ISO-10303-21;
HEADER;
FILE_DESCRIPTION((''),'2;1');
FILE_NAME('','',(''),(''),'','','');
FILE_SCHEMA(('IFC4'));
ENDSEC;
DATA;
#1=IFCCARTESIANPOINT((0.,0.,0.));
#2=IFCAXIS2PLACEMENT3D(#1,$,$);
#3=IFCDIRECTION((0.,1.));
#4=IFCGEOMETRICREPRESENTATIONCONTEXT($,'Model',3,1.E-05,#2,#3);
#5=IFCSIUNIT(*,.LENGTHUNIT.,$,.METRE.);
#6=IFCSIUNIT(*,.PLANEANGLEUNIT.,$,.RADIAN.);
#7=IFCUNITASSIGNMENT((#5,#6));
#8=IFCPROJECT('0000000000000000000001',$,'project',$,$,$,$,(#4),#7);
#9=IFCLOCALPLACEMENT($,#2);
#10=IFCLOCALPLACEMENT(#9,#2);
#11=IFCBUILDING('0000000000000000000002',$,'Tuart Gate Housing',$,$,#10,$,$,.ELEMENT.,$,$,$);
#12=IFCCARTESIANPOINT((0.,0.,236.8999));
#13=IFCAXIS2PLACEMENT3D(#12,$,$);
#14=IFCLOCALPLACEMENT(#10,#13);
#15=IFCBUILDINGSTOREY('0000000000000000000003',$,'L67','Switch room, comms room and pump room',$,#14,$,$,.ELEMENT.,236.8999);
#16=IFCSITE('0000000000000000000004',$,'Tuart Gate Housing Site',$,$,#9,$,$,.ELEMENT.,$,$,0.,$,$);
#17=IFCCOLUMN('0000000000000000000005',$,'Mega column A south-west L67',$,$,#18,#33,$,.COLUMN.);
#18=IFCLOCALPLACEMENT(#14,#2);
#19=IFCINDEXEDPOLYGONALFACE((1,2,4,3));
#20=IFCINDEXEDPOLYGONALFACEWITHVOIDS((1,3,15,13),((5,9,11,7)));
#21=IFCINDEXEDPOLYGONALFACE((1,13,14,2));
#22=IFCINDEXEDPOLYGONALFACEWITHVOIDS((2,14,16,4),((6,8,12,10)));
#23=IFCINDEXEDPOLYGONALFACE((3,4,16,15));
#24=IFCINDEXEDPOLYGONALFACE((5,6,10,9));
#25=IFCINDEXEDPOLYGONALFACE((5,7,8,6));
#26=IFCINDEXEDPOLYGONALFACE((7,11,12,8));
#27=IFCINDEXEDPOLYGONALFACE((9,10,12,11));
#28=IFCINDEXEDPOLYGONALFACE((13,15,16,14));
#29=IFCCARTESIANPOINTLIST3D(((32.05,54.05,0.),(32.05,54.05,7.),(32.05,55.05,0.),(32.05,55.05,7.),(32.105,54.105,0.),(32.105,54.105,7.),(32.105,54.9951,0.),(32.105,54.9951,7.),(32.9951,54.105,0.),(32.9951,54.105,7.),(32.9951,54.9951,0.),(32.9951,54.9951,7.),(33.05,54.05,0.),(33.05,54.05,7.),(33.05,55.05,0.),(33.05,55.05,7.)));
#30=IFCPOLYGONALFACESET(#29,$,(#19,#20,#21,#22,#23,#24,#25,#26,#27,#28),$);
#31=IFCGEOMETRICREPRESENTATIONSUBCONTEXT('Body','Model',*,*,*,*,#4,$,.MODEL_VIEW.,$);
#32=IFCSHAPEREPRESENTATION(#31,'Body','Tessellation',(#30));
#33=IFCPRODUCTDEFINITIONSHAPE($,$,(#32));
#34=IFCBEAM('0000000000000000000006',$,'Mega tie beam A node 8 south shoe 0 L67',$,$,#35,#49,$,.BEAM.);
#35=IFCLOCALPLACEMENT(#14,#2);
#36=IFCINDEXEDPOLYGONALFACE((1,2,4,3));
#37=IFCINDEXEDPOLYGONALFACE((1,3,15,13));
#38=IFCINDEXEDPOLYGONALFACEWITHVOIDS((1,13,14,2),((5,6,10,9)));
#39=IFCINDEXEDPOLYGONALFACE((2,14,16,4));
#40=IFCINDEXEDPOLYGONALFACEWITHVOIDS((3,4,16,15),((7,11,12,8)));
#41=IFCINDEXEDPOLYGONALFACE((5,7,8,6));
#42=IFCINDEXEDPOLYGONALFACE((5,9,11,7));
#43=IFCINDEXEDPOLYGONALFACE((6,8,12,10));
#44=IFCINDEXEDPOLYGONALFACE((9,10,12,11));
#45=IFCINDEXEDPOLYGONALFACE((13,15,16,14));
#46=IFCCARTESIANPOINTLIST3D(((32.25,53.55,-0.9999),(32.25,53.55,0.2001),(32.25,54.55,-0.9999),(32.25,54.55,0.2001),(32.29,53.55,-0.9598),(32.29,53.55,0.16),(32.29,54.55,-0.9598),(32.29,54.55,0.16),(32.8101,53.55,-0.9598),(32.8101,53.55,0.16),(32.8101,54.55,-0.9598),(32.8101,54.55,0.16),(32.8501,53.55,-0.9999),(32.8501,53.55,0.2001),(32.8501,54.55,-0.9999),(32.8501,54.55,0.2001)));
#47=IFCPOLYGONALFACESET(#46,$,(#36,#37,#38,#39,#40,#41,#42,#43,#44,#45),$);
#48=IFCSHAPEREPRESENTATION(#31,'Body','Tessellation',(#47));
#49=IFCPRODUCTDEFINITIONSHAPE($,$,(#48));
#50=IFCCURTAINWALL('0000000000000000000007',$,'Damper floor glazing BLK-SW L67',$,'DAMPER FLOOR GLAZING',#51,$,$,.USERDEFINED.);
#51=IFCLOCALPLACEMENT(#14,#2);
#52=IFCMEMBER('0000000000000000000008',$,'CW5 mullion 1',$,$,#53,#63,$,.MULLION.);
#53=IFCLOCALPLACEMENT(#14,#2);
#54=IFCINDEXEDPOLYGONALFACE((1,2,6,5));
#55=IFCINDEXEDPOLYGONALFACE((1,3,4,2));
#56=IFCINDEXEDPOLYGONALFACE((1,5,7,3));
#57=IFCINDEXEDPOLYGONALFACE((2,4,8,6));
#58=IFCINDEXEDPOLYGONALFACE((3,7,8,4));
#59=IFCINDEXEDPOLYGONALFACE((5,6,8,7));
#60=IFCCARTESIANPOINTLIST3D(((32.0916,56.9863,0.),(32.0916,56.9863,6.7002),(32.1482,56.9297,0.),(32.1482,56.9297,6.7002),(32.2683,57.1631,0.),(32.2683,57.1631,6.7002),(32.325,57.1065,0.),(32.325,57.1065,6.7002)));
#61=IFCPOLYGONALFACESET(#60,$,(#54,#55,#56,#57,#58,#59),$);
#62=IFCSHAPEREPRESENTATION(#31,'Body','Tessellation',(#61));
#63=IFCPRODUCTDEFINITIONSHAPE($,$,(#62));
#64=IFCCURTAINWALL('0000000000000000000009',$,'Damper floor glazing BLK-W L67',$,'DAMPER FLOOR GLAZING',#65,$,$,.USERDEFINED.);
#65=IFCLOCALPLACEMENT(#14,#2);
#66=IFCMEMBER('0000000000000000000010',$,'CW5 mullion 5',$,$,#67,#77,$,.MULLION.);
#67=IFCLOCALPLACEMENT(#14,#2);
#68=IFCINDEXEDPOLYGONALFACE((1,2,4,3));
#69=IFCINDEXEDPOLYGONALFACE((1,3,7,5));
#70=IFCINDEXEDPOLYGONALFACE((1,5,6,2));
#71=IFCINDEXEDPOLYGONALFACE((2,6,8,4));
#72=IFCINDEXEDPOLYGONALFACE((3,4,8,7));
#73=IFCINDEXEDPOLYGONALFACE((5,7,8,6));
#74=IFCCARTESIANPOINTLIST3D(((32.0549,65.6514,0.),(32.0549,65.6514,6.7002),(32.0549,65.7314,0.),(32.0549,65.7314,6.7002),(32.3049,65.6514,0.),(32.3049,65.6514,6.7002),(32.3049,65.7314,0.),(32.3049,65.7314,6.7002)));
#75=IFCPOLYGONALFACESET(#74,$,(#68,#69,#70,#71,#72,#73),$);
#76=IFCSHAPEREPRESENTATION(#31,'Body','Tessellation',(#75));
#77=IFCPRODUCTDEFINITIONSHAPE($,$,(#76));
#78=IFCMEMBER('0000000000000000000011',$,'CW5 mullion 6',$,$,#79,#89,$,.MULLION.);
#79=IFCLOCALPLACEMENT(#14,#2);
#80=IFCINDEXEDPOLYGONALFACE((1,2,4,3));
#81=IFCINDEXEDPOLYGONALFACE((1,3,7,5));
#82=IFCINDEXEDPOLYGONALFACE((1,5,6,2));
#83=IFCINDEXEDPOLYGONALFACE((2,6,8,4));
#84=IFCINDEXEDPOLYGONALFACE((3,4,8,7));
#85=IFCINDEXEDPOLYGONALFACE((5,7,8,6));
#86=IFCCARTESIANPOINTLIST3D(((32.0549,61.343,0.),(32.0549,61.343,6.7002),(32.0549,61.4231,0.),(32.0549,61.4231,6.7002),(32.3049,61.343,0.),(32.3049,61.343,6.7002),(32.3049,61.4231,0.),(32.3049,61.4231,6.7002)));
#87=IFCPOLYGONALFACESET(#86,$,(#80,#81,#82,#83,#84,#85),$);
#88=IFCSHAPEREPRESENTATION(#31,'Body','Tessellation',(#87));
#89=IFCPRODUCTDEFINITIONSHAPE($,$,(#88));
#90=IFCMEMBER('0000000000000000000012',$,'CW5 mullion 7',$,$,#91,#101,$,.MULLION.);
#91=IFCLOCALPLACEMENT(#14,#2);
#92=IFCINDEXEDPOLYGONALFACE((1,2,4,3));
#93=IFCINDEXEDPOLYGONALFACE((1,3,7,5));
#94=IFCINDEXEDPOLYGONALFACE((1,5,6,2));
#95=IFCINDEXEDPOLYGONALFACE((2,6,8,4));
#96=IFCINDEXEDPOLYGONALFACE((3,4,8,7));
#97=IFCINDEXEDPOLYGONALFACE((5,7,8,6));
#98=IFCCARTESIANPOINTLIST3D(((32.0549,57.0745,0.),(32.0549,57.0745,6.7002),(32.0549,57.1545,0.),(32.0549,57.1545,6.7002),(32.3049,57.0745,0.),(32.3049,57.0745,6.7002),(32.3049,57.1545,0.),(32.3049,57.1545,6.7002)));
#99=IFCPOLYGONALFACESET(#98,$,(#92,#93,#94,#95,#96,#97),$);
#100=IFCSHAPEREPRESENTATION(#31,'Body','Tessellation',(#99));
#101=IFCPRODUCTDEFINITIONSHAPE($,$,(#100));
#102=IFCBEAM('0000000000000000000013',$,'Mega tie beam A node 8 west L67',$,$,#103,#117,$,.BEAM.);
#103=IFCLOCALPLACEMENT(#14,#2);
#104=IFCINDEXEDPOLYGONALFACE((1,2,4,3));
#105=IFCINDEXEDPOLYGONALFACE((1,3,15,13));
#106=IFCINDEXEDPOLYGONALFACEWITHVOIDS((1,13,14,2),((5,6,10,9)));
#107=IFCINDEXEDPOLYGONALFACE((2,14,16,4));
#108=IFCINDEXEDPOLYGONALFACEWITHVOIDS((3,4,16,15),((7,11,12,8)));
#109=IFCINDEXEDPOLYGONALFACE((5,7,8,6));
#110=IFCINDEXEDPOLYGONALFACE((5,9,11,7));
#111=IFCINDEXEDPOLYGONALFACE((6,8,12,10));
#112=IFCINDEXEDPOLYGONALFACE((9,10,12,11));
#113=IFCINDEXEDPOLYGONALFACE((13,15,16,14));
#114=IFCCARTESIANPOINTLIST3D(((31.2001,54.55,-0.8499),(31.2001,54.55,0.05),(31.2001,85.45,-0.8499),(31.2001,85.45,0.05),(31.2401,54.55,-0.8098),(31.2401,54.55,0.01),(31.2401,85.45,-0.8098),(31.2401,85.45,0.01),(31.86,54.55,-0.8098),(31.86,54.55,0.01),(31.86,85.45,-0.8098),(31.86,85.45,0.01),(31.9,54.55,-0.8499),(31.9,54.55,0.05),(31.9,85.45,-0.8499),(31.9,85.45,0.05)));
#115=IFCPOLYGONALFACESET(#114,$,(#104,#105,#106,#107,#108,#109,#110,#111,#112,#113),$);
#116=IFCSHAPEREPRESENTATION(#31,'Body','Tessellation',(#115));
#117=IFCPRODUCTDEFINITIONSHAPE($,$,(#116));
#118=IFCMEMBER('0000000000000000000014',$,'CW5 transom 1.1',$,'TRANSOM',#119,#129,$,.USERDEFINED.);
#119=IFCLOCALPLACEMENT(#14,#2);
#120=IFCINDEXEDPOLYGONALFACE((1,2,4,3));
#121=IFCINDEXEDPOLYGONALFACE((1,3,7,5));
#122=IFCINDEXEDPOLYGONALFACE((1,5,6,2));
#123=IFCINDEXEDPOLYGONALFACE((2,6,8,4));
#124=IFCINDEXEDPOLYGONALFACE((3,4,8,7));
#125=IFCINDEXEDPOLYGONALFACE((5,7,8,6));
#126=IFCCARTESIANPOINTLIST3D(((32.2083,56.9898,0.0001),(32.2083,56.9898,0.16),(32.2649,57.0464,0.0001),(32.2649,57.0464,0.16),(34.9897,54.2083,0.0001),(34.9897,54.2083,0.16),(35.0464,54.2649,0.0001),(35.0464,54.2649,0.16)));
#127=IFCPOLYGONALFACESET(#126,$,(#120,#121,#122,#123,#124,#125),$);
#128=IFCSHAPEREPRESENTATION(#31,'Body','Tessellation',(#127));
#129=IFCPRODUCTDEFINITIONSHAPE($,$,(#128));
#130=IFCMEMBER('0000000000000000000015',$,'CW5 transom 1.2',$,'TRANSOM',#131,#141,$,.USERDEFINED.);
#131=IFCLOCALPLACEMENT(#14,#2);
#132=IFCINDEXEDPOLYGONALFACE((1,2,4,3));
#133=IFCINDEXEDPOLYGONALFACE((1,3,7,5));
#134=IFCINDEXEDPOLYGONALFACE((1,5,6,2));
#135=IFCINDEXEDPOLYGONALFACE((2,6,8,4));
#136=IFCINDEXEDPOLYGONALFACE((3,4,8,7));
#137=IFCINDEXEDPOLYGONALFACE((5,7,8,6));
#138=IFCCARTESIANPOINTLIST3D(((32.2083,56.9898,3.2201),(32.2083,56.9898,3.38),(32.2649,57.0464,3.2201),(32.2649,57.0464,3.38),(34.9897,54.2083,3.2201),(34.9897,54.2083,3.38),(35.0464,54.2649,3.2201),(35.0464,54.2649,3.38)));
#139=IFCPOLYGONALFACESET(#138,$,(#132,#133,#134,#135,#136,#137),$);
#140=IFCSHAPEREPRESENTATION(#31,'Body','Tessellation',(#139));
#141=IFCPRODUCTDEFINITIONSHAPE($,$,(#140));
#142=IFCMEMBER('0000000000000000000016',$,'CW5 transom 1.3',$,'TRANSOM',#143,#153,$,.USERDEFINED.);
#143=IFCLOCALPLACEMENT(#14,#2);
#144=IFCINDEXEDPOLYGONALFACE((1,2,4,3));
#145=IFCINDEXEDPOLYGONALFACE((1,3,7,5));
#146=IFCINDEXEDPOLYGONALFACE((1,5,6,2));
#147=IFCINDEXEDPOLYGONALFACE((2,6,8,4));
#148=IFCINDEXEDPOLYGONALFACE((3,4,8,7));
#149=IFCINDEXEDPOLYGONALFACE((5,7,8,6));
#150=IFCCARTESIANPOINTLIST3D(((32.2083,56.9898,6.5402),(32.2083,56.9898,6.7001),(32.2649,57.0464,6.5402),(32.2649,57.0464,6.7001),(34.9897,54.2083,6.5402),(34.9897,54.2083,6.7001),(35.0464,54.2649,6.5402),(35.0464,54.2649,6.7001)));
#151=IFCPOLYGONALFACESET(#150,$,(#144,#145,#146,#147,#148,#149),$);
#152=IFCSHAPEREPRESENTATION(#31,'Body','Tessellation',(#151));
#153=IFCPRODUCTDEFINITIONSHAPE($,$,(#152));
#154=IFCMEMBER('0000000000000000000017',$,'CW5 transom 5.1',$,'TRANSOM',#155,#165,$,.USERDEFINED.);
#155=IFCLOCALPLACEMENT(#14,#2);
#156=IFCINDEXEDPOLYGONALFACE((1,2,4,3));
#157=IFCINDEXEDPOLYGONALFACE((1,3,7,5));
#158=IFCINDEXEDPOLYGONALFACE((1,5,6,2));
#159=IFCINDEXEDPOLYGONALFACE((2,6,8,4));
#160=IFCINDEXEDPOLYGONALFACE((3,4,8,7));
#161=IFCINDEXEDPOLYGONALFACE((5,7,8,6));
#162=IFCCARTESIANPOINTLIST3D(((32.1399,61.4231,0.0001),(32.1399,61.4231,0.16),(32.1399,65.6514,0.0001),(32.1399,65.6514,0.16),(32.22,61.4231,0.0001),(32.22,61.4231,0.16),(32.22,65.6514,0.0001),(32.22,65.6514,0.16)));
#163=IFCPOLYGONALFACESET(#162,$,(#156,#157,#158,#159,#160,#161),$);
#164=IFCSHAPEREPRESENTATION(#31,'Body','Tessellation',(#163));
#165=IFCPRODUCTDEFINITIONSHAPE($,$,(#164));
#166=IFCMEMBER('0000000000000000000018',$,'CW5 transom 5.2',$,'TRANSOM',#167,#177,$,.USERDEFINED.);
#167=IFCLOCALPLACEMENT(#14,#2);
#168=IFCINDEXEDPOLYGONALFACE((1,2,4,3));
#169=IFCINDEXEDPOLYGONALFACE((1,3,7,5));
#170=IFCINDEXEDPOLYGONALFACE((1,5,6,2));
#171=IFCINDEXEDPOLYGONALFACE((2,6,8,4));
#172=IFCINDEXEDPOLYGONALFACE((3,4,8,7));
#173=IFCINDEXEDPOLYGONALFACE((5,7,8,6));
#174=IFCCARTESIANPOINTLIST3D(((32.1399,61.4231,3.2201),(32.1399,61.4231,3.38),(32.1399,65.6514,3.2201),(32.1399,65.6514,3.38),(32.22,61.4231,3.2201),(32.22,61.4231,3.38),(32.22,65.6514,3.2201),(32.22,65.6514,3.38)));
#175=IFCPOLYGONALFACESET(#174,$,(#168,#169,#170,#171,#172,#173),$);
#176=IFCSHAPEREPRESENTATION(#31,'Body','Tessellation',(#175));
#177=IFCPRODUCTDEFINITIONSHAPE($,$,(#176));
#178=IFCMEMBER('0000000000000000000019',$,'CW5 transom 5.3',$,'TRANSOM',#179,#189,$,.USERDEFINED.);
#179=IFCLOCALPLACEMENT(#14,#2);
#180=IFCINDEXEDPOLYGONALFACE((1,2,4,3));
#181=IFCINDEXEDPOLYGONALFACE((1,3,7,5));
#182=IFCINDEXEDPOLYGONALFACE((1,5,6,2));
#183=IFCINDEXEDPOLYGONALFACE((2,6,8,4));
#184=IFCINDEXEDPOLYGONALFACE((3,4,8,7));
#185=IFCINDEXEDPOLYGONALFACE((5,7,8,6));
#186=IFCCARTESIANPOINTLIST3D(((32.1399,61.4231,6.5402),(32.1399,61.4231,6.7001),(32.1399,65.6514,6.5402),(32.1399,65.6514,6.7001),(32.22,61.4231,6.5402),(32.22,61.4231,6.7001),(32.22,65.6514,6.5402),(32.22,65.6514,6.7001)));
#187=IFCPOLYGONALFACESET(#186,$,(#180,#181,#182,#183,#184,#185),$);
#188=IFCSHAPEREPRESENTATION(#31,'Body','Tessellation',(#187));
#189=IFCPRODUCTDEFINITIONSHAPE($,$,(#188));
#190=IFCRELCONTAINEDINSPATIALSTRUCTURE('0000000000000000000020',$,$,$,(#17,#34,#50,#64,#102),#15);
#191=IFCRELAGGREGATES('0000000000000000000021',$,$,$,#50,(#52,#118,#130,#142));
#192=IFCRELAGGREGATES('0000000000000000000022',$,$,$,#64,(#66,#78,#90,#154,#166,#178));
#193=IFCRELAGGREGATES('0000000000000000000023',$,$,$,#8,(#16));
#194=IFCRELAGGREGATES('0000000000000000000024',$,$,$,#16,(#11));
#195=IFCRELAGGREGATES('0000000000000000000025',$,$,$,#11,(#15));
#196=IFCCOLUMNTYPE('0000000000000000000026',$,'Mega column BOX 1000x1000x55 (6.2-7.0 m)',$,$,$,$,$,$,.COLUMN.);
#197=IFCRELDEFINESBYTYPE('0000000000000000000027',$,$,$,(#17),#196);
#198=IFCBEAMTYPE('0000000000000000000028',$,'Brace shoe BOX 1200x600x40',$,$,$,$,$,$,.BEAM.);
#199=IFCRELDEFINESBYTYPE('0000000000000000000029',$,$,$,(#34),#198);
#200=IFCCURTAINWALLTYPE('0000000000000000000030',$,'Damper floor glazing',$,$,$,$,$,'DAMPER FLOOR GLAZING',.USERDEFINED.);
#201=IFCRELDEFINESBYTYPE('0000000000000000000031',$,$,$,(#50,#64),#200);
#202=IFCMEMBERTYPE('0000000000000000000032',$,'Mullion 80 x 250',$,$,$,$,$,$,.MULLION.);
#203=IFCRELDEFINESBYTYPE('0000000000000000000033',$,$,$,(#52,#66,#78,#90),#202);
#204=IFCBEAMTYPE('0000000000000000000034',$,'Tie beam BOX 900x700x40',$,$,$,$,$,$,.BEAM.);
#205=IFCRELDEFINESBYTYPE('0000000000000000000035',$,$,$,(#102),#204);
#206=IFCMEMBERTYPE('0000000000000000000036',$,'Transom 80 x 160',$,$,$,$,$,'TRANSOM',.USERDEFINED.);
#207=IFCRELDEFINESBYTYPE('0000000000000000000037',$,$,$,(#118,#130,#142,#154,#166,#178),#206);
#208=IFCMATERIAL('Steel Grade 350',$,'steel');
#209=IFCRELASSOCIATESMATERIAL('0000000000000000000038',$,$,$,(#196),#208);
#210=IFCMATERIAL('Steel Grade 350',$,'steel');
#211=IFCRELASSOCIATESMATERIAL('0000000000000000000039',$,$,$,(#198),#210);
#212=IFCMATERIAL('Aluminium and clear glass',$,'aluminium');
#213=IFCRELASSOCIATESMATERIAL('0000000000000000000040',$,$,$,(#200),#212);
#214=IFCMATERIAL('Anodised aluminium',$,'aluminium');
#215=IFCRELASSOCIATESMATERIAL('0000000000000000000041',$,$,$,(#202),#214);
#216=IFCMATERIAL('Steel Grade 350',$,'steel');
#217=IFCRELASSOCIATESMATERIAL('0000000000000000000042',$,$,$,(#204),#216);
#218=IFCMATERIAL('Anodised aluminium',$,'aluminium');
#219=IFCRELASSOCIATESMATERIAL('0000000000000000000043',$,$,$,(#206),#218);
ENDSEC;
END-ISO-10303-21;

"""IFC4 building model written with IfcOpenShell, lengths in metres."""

from ifc_helpers import new_model, si_unit, direction, frame, origin, origin_2d, place, context, subcontext, project, spatial, rectangle, hollow_rectangle, extrude, material, material_profile, profile_set, type_object, element, aggregate, save


model = new_model("IFC4")

# Units and contexts
model_context = context("Model", 3, precision=1e-05, world=origin(), true_north=direction((0.0, 1.0)))
body_context = subcontext(model_context, "Body", "Model", "MODEL_VIEW")
ifc_project = project(units=[si_unit("LENGTHUNIT", "METRE"), si_unit("PLANEANGLEUNIT", "RADIAN")], contexts=[model_context])

# Site, building, storey
site_placement = place(None, origin())
site = spatial("IfcSite", under=ifc_project, at=site_placement, Name="Tuart Gate Housing Site", CompositionType="ELEMENT", RefElevation=0.0)
building_placement = place(site_placement, origin())
building = spatial("IfcBuilding", under=site, at=building_placement, Name="Tuart Gate Housing", CompositionType="ELEMENT")
storey_placement = place(building_placement, frame((0.0, 0.0, 236.8999)))
storey = spatial("IfcBuildingStorey", under=building, at=storey_placement, Name="L67", Description="Switch room, comms room and pump room", CompositionType="ELEMENT", Elevation=236.8999)

# Column
ifc_material_1 = material(Name="Steel Grade 350", Category="steel")
ifc_material_profile_1 = material_profile(ifc_material_1, hollow_rectangle(XDim=1.0, YDim=1.0, WallThickness=0.0549, at=origin_2d()), Name="BOX 1000x1000x55")
ifc_profile_set_1 = profile_set([ifc_material_profile_1], Name="Steel Grade 350")
column_type = type_object("IfcColumnType", Name="Mega column BOX 1000x1000x55 (6.2-7.0 m)", PredefinedType="COLUMN", material=ifc_profile_set_1)
column_placement = place(storey_placement, frame((32.55, 54.55, 0.0), z_axis=(0.0, 0.0, 1.0), x_axis=(1.0, 0.0, 0.0)))
element("IfcColumn", 1, at=column_placement, inside=storey, type_object=column_type, Name="Mega column A south-west L67", PredefinedType="COLUMN", context=body_context, shape_type="SweptSolid", body=[
    extrude(hollow_rectangle(XDim=1.0, YDim=1.0, WallThickness=0.0549, at=origin_2d()), origin(), (0.0, 0.0, 1.0), 7.0),
])

# Beam
ifc_material_2 = material(Name="Steel Grade 350", Category="steel")
ifc_material_profile_2 = material_profile(ifc_material_2, hollow_rectangle(XDim=0.6001, YDim=1.2, WallThickness=0.04, at=origin_2d()), Name="BOX 1200x600x40")
ifc_profile_set_2 = profile_set([ifc_material_profile_2], Name="Steel Grade 350")
beam_type_1 = type_object("IfcBeamType", Name="Brace shoe BOX 1200x600x40", PredefinedType="BEAM", material=ifc_profile_set_2)
beam_1_placement = place(storey_placement, frame((32.55, 54.55, -0.3999), z_axis=(0.0, -1.0, 0.0), x_axis=(1.0, 0.0, 0.0)))
element("IfcBeam", 2, at=beam_1_placement, inside=storey, type_object=beam_type_1, Name="Mega tie beam A node 8 south shoe 0 L67", PredefinedType="BEAM", context=body_context, shape_type="SweptSolid", body=[
    extrude(hollow_rectangle(XDim=0.6001, YDim=1.2, WallThickness=0.04, at=origin_2d()), origin(), (0.0, 0.0, 1.0), 1.0),
])

# Curtain wall, member
ifc_material_3 = material(Name="Aluminium and clear glass", Category="aluminium")
curtain_wall_type = type_object("IfcCurtainWallType", Name="Damper floor glazing", ElementType="DAMPER FLOOR GLAZING", PredefinedType="USERDEFINED", material=ifc_material_3)
curtain_wall_1_placement = place(storey_placement, origin())
curtain_wall_1 = element("IfcCurtainWall", 3, at=curtain_wall_1_placement, inside=storey, type_object=curtain_wall_type, Name="Damper floor glazing BLK-SW L67", ObjectType="DAMPER FLOOR GLAZING", PredefinedType="USERDEFINED")
ifc_material_4 = material(Name="Anodised aluminium", Category="aluminium")
ifc_material_profile_3 = material_profile(ifc_material_4, rectangle(XDim=0.0801, YDim=0.25, at=origin_2d()), Name="80x250")
ifc_profile_set_3 = profile_set([ifc_material_profile_3], Name="Anodised aluminium")
member_type_1 = type_object("IfcMemberType", Name="Mullion 80 x 250", PredefinedType="MULLION", material=ifc_profile_set_3)
member_1_placement = place(storey_placement, frame((32.2083, 57.0464, 0.0), z_axis=(0.0, 0.0, 1.0), x_axis=(0.707107, -0.707107, 0.0)))
member_1 = element("IfcMember", 4, at=member_1_placement, type_object=member_type_1, Name="CW5 mullion 1", PredefinedType="MULLION", context=body_context, shape_type="SweptSolid", body=[
    extrude(rectangle(XDim=0.0801, YDim=0.25, at=origin_2d()), origin(), (0.0, 0.0, 1.0), 6.7002),
])

# Curtain wall, members
curtain_wall_2_placement = place(storey_placement, origin())
curtain_wall_2 = element("IfcCurtainWall", 5, at=curtain_wall_2_placement, inside=storey, type_object=curtain_wall_type, Name="Damper floor glazing BLK-W L67", ObjectType="DAMPER FLOOR GLAZING", PredefinedType="USERDEFINED")
member_2_placement = place(storey_placement, frame((32.1799, 65.6914, 0.0), z_axis=(0.0, 0.0, 1.0), x_axis=(0.0, -1.0, 0.0)))
member_2 = element("IfcMember", 6, at=member_2_placement, type_object=member_type_1, Name="CW5 mullion 5", PredefinedType="MULLION", context=body_context, shape_type="SweptSolid", body=[
    extrude(rectangle(XDim=0.0801, YDim=0.25, at=origin_2d()), origin(), (0.0, 0.0, 1.0), 6.7002),
])
member_3_placement = place(storey_placement, frame((32.1799, 61.3831, 0.0), z_axis=(0.0, 0.0, 1.0), x_axis=(0.0, -1.0, 0.0)))
member_3 = element("IfcMember", 7, at=member_3_placement, type_object=member_type_1, Name="CW5 mullion 6", PredefinedType="MULLION", context=body_context, shape_type="SweptSolid", body=[
    extrude(rectangle(XDim=0.0801, YDim=0.25, at=origin_2d()), origin(), (0.0, 0.0, 1.0), 6.7002),
])
member_4_placement = place(storey_placement, frame((32.1799, 57.1145, 0.0), z_axis=(0.0, 0.0, 1.0), x_axis=(0.0, -1.0, 0.0)))
member_4 = element("IfcMember", 8, at=member_4_placement, type_object=member_type_1, Name="CW5 mullion 7", PredefinedType="MULLION", context=body_context, shape_type="SweptSolid", body=[
    extrude(rectangle(XDim=0.0801, YDim=0.25, at=origin_2d()), origin(), (0.0, 0.0, 1.0), 6.7002),
])

# Beam
ifc_material_5 = material(Name="Steel Grade 350", Category="steel")
ifc_material_profile_4 = material_profile(ifc_material_5, hollow_rectangle(XDim=0.7, YDim=0.8999, WallThickness=0.04, at=origin_2d()), Name="BOX 900x700x40")
ifc_profile_set_4 = profile_set([ifc_material_profile_4], Name="Steel Grade 350")
beam_type_2 = type_object("IfcBeamType", Name="Tie beam BOX 900x700x40", PredefinedType="BEAM", material=ifc_profile_set_4)
beam_2_placement = place(storey_placement, frame((31.55, 54.55, -0.3999), z_axis=(0.0, 1.0, 0.0), x_axis=(-1.0, 0.0, 0.0)))
element("IfcBeam", 9, at=beam_2_placement, inside=storey, type_object=beam_type_2, Name="Mega tie beam A node 8 west L67", PredefinedType="BEAM", context=body_context, shape_type="SweptSolid", body=[
    extrude(hollow_rectangle(XDim=0.7, YDim=0.8999, WallThickness=0.04, at=origin_2d()), origin(), (0.0, 0.0, 1.0), 30.8999),
])

# Members
ifc_material_6 = material(Name="Anodised aluminium", Category="aluminium")
ifc_material_profile_5 = material_profile(ifc_material_6, rectangle(XDim=0.0801, YDim=0.1599, at=origin_2d()), Name="80x160")
ifc_profile_set_5 = profile_set([ifc_material_profile_5], Name="Anodised aluminium")
member_type_2 = type_object("IfcMemberType", Name="Transom 80 x 160", ElementType="TRANSOM", PredefinedType="USERDEFINED", material=ifc_profile_set_5)
member_5_placement = place(storey_placement, frame((32.2366, 57.0181, 0.0801), z_axis=(0.707107, -0.707107, 0.0), x_axis=(0.707107, 0.707107, 0.0)))
member_5 = element("IfcMember", 10, at=member_5_placement, type_object=member_type_2, Name="CW5 transom 1.1", ObjectType="TRANSOM", PredefinedType="USERDEFINED", context=body_context, shape_type="SweptSolid", body=[
    extrude(rectangle(XDim=0.0801, YDim=0.1599, at=origin_2d()), origin(), (0.0, 0.0, 1.0), 3.9336),
])
member_6_placement = place(storey_placement, frame((32.2366, 57.0181, 3.3), z_axis=(0.707107, -0.707107, 0.0), x_axis=(0.707107, 0.707107, 0.0)))
member_6 = element("IfcMember", 11, at=member_6_placement, type_object=member_type_2, Name="CW5 transom 1.2", ObjectType="TRANSOM", PredefinedType="USERDEFINED", context=body_context, shape_type="SweptSolid", body=[
    extrude(rectangle(XDim=0.0801, YDim=0.1599, at=origin_2d()), origin(), (0.0, 0.0, 1.0), 3.9336),
])
member_7_placement = place(storey_placement, frame((32.2366, 57.0181, 6.6201), z_axis=(0.707107, -0.707107, 0.0), x_axis=(0.707107, 0.707107, 0.0)))
member_7 = element("IfcMember", 12, at=member_7_placement, type_object=member_type_2, Name="CW5 transom 1.3", ObjectType="TRANSOM", PredefinedType="USERDEFINED", context=body_context, shape_type="SweptSolid", body=[
    extrude(rectangle(XDim=0.0801, YDim=0.1599, at=origin_2d()), origin(), (0.0, 0.0, 1.0), 3.9336),
])
aggregate(curtain_wall_1, [member_1, member_5, member_6, member_7])
member_8_placement = place(storey_placement, frame((32.1799, 65.6514, 0.0801), z_axis=(0.0, -1.0, 0.0), x_axis=(1.0, 0.0, 0.0)))
member_8 = element("IfcMember", 13, at=member_8_placement, type_object=member_type_2, Name="CW5 transom 5.1", ObjectType="TRANSOM", PredefinedType="USERDEFINED", context=body_context, shape_type="SweptSolid", body=[
    extrude(rectangle(XDim=0.0801, YDim=0.1599, at=origin_2d()), origin(), (0.0, 0.0, 1.0), 4.2283),
])
member_9_placement = place(storey_placement, frame((32.1799, 65.6514, 3.3), z_axis=(0.0, -1.0, 0.0), x_axis=(1.0, 0.0, 0.0)))
member_9 = element("IfcMember", 14, at=member_9_placement, type_object=member_type_2, Name="CW5 transom 5.2", ObjectType="TRANSOM", PredefinedType="USERDEFINED", context=body_context, shape_type="SweptSolid", body=[
    extrude(rectangle(XDim=0.0801, YDim=0.1599, at=origin_2d()), origin(), (0.0, 0.0, 1.0), 4.2283),
])
member_10_placement = place(storey_placement, frame((32.1799, 65.6514, 6.6201), z_axis=(0.0, -1.0, 0.0), x_axis=(1.0, 0.0, 0.0)))
member_10 = element("IfcMember", 15, at=member_10_placement, type_object=member_type_2, Name="CW5 transom 5.3", ObjectType="TRANSOM", PredefinedType="USERDEFINED", context=body_context, shape_type="SweptSolid", body=[
    extrude(rectangle(XDim=0.0801, YDim=0.1599, at=origin_2d()), origin(), (0.0, 0.0, 1.0), 4.2283),
])

aggregate(curtain_wall_2, [member_2, member_3, member_4, member_8, member_9, member_10])

save(model, "model.ifc")
